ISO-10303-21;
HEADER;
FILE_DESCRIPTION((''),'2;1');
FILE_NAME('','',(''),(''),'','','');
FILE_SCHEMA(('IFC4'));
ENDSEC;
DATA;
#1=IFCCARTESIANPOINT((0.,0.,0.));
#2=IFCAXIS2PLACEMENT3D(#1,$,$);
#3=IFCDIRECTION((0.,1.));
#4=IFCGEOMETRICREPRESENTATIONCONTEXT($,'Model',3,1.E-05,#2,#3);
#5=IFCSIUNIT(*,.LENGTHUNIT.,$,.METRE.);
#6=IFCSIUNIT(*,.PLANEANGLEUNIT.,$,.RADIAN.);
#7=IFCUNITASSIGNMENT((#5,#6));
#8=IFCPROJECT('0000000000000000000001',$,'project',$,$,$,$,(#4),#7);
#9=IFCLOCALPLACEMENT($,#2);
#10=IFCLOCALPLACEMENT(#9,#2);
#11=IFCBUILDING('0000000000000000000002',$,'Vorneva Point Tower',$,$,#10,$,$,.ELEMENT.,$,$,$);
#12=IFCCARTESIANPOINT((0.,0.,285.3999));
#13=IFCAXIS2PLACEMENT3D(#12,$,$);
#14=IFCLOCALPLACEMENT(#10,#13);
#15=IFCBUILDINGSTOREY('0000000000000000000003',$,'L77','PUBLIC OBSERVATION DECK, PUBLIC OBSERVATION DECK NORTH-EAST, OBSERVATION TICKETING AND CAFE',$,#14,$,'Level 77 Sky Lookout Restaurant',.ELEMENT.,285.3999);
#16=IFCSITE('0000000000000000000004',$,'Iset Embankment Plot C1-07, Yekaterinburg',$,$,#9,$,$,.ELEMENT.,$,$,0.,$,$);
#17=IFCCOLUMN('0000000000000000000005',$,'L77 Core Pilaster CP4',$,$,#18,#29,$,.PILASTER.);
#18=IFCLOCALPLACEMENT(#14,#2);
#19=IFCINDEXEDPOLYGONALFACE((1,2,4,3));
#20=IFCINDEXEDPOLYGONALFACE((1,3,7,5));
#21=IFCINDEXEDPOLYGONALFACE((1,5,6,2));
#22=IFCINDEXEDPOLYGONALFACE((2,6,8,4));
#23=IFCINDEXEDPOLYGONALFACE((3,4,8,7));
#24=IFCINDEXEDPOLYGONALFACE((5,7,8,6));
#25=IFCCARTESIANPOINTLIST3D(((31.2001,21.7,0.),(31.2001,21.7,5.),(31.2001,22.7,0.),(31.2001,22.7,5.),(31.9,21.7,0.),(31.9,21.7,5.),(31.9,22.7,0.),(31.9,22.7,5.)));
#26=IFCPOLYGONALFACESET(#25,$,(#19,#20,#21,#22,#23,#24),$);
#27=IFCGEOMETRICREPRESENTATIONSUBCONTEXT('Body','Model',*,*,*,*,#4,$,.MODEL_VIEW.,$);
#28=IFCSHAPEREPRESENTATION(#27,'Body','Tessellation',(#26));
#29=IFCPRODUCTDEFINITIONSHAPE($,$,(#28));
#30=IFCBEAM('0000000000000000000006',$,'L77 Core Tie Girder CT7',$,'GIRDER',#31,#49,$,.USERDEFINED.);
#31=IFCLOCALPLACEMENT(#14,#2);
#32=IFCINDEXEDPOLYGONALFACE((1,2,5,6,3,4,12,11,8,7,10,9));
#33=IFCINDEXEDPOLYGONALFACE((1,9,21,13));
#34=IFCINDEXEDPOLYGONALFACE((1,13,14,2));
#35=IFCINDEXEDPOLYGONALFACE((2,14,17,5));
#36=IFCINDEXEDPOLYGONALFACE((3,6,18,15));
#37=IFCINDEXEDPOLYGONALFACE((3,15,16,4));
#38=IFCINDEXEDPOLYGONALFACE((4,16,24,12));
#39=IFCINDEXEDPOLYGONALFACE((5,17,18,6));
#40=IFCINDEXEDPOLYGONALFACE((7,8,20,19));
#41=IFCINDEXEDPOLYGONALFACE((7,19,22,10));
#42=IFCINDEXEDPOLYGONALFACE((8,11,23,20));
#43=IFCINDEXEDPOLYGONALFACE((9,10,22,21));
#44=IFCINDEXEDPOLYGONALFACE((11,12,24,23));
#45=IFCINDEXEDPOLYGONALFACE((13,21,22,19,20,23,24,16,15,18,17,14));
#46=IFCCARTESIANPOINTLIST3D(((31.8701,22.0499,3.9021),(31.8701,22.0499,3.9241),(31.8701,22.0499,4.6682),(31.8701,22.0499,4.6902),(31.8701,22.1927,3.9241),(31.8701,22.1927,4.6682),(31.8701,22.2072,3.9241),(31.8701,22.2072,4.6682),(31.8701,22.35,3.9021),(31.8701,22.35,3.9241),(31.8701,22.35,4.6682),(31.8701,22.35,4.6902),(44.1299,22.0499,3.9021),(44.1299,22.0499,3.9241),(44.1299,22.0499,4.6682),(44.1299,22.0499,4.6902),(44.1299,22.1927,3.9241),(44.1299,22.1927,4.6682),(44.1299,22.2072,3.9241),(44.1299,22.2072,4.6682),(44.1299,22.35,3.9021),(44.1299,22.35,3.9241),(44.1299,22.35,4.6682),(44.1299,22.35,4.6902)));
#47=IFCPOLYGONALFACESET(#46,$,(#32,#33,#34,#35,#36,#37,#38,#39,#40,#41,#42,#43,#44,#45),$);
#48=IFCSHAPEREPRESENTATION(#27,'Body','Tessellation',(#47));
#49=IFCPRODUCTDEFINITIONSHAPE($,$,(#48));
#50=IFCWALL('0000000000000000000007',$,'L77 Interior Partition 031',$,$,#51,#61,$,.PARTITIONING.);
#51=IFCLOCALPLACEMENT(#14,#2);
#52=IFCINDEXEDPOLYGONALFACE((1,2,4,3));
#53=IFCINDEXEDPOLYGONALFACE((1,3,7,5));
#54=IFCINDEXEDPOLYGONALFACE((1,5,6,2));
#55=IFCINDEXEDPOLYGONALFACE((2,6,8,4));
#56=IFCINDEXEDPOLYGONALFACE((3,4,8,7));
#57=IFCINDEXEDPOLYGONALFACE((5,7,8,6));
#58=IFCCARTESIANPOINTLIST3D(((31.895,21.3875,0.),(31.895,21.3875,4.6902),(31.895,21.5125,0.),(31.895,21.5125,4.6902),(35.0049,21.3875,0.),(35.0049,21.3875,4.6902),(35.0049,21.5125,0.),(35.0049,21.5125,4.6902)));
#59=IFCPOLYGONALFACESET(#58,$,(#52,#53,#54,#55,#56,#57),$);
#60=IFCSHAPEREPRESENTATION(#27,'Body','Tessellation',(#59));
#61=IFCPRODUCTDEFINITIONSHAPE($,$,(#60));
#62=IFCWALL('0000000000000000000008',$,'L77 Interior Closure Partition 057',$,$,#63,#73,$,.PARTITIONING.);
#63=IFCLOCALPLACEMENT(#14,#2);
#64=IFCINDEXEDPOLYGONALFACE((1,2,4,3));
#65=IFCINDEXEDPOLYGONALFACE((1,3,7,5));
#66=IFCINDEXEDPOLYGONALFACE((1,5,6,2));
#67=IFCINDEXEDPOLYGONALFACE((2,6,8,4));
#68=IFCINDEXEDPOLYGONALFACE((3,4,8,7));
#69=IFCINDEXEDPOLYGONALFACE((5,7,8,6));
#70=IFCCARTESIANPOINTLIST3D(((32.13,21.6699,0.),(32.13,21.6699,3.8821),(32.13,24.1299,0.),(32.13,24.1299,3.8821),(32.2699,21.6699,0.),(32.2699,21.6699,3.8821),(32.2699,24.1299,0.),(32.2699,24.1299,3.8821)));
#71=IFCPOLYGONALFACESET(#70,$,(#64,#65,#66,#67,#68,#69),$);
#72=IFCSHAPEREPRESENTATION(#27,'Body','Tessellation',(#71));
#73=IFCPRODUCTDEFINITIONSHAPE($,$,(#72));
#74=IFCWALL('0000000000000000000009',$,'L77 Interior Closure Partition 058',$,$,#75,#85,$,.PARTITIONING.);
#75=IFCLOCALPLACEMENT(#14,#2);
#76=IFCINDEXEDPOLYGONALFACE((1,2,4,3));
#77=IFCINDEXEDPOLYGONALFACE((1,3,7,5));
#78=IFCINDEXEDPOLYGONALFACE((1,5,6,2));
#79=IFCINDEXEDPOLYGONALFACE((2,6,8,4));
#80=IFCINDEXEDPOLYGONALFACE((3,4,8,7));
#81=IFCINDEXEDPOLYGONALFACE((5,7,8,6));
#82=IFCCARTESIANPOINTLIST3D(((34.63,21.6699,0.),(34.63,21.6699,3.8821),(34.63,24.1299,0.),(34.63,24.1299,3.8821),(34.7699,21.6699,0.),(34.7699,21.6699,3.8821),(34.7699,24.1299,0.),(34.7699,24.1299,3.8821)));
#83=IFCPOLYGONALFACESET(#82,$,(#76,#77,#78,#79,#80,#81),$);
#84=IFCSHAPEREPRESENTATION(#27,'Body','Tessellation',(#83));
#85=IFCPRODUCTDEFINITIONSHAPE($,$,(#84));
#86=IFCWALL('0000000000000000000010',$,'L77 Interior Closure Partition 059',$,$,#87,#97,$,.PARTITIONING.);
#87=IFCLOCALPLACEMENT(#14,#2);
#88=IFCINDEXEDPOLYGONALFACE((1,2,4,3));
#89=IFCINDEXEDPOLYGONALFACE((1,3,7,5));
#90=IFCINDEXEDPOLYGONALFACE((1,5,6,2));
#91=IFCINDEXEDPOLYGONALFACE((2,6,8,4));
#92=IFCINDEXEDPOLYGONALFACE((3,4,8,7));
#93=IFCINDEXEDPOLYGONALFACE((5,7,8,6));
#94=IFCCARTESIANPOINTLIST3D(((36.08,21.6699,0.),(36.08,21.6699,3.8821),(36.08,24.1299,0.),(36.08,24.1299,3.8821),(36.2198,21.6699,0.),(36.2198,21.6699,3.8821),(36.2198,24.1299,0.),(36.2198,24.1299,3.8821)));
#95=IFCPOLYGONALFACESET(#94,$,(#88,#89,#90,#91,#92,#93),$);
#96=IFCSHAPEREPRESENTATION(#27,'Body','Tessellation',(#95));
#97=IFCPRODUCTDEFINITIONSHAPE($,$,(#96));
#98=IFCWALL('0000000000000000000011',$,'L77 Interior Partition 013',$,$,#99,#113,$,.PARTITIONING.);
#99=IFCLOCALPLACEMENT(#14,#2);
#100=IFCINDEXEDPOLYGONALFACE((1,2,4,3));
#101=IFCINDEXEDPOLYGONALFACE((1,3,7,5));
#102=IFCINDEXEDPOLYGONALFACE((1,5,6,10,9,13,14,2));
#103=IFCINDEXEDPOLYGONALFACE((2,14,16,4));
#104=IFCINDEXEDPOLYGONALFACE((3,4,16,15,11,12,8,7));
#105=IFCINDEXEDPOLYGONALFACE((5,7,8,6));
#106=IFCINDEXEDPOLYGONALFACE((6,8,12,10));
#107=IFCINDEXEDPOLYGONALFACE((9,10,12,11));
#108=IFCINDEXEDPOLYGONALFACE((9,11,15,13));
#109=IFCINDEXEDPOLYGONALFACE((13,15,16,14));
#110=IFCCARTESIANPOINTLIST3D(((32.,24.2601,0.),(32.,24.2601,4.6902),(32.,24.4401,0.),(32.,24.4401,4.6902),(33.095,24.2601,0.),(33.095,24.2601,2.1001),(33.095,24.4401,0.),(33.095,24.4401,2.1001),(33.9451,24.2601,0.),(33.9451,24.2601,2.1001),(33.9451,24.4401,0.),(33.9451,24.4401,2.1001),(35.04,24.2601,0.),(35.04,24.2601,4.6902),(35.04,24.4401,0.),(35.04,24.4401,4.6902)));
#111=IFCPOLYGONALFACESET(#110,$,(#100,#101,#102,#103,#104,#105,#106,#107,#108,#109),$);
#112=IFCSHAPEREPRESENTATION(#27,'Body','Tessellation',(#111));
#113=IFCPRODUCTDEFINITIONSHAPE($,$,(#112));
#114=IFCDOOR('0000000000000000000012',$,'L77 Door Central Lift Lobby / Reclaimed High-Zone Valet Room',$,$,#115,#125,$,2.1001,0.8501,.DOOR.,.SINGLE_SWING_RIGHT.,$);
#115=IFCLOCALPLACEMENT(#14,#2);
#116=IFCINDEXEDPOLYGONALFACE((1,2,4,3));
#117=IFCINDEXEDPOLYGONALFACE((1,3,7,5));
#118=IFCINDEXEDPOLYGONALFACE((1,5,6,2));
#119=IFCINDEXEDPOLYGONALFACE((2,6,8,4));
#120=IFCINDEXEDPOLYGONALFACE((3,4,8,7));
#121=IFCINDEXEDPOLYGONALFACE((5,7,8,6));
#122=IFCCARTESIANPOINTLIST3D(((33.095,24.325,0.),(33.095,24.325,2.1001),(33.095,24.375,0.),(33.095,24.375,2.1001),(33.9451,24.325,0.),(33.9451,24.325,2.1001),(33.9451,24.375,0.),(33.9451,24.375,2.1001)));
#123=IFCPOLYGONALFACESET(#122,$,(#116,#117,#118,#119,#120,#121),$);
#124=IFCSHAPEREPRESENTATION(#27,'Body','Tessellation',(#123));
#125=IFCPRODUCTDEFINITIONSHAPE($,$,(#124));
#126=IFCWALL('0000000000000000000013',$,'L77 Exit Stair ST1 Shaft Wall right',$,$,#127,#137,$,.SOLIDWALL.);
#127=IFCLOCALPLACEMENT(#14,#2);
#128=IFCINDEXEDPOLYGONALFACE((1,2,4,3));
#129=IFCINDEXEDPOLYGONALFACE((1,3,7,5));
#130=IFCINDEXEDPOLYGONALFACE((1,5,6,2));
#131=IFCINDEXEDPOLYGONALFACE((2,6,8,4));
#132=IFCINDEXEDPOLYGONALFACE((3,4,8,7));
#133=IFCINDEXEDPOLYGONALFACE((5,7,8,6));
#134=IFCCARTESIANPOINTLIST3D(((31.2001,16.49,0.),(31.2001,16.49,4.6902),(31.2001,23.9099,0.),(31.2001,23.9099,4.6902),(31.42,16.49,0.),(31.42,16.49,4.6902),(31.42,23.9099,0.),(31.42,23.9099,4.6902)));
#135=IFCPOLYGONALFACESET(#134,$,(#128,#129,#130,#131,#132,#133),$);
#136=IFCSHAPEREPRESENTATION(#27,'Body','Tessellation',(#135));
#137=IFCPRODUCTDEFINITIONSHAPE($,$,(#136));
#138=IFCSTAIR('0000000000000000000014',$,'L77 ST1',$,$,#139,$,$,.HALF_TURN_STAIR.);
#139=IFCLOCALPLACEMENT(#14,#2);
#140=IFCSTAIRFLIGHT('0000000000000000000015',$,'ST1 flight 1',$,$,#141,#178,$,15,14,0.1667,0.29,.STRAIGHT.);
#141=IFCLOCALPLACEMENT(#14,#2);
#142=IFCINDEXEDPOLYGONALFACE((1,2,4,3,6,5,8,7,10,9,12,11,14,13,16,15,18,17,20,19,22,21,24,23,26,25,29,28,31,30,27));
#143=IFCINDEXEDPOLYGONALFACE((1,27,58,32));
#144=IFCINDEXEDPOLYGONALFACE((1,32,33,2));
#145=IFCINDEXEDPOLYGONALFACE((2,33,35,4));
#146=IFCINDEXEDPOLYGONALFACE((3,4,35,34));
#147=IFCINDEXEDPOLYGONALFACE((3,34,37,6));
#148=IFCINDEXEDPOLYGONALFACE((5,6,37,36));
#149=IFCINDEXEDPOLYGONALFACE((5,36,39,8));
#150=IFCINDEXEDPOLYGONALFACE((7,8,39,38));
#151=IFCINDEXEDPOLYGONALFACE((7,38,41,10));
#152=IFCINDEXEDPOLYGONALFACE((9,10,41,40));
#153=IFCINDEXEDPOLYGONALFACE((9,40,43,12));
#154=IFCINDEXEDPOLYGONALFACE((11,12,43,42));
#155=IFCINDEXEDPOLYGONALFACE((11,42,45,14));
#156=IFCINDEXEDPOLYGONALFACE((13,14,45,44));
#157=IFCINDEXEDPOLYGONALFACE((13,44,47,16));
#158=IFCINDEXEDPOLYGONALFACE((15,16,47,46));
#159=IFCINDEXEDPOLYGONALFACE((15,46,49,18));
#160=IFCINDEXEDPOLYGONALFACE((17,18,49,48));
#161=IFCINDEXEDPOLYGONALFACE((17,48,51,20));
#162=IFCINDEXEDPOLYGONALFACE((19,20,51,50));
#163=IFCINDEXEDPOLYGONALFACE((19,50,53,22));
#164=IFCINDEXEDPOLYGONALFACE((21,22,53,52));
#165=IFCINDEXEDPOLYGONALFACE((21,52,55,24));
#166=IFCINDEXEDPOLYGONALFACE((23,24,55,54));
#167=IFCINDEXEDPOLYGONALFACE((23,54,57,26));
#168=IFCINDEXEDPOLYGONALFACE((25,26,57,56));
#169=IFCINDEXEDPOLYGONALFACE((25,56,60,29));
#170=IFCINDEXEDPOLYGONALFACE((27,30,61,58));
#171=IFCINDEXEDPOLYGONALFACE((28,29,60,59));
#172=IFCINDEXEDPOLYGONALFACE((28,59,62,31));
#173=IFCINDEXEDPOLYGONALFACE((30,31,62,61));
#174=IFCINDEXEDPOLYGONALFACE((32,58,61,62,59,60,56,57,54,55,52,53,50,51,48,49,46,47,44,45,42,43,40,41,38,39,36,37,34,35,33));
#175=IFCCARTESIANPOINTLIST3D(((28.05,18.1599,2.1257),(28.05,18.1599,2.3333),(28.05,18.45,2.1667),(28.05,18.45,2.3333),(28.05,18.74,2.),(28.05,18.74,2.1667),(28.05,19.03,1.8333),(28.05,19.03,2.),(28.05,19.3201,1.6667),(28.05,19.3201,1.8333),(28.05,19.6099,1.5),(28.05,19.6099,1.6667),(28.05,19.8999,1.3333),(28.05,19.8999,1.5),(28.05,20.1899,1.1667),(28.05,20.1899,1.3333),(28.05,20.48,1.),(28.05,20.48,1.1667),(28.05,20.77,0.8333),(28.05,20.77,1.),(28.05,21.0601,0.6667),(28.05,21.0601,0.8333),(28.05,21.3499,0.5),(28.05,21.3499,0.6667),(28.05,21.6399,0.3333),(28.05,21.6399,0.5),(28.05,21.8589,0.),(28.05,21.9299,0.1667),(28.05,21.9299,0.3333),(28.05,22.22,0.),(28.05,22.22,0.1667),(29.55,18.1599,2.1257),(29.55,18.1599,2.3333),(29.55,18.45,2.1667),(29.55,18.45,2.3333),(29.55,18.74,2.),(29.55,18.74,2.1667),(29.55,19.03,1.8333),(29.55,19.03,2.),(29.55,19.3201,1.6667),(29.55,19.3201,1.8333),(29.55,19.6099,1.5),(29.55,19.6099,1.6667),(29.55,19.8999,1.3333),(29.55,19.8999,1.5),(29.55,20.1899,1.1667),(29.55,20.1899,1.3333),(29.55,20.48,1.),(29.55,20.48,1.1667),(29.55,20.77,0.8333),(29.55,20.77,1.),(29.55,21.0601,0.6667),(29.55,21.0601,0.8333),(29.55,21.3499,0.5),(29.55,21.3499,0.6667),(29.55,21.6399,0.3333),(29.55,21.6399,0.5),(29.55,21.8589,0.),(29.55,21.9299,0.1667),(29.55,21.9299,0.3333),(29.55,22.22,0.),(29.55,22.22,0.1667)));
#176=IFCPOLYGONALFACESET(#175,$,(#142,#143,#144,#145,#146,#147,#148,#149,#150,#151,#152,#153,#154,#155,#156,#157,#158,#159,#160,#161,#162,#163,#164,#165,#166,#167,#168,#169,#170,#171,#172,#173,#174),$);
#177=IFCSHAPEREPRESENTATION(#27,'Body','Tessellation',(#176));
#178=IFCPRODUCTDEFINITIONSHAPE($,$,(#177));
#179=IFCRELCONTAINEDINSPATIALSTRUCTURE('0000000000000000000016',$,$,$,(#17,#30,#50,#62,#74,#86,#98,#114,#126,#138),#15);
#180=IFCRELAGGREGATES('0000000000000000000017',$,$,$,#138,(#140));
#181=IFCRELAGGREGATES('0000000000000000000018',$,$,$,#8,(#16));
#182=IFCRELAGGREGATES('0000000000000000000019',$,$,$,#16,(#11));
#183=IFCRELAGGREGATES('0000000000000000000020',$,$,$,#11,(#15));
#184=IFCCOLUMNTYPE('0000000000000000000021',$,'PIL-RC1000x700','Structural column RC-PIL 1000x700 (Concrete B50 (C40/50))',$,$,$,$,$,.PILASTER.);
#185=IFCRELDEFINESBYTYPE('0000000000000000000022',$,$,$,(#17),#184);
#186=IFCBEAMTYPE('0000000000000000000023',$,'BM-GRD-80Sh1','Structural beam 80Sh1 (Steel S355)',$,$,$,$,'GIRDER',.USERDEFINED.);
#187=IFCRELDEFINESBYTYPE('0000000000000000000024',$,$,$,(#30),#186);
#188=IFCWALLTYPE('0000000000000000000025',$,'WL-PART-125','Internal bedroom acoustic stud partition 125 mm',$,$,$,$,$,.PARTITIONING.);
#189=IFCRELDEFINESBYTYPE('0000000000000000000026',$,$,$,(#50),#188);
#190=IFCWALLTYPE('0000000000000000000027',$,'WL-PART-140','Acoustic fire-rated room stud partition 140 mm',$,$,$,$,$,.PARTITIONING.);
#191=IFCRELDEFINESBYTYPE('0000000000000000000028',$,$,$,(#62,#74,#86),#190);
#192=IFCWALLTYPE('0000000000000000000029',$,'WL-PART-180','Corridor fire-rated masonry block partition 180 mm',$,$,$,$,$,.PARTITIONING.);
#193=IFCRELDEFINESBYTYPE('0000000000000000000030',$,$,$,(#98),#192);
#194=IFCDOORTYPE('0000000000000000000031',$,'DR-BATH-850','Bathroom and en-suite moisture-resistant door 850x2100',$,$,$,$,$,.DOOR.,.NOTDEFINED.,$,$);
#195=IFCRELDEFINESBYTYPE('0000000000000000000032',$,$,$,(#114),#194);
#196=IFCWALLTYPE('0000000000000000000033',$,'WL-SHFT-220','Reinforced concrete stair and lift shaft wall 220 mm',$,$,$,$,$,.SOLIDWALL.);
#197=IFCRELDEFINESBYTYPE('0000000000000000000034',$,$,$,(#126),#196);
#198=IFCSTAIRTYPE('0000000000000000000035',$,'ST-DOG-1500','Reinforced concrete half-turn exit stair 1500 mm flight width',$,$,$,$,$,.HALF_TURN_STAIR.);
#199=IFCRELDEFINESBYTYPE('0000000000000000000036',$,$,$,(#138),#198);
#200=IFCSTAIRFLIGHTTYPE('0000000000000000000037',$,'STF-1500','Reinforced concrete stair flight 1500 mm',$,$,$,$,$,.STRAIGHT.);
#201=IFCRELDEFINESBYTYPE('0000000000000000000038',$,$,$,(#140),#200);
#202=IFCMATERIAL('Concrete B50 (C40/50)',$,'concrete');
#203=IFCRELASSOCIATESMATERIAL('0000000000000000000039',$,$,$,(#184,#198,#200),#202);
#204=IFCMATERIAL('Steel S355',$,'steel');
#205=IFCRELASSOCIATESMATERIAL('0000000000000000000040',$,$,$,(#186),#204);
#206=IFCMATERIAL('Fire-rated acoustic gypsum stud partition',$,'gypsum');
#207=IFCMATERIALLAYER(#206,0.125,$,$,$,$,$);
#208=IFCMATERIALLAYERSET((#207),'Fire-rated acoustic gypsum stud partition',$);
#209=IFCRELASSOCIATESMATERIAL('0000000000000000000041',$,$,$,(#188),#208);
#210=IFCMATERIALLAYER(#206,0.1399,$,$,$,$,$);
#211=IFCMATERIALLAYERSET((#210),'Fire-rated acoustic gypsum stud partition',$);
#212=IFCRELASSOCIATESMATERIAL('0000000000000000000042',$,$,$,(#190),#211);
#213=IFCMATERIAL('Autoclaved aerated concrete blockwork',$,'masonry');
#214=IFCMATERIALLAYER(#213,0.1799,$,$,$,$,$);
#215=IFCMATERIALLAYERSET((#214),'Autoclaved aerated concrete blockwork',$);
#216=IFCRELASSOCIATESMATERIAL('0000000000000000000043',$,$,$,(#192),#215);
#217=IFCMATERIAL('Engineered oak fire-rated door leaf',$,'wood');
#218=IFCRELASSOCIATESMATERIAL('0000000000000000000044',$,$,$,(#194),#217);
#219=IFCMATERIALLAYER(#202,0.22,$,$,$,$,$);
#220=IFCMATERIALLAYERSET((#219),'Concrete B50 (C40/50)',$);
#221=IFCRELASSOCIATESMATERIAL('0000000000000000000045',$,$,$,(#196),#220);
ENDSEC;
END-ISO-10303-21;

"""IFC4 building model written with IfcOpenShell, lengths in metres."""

from ifc_helpers import new_model, si_unit, direction, frame, frame_2d, origin, origin_2d, place, context, subcontext, project, spatial, polyline, rectangle, i_section, outline, extrude, material, layer, layer_set, material_profile, profile_set, type_object, element, fill, aggregate, save


model = new_model("IFC4")

# Units and contexts
model_context = context("Model", 3, precision=1e-05, world=origin(), true_north=direction((0.0, 1.0)))
body_context = subcontext(model_context, "Body", "Model", "MODEL_VIEW")
ifc_project = project(units=[si_unit("LENGTHUNIT", "METRE"), si_unit("PLANEANGLEUNIT", "RADIAN")], contexts=[model_context])

# Site, building, storey
site_placement = place(None, origin())
site = spatial("IfcSite", under=ifc_project, at=site_placement, Name="Iset Embankment Plot C1-07, Yekaterinburg", CompositionType="ELEMENT", RefElevation=0.0)
building_placement = place(site_placement, origin())
building = spatial("IfcBuilding", under=site, at=building_placement, Name="Vorneva Point Tower", CompositionType="ELEMENT")
storey_placement = place(building_placement, frame((0.0, 0.0, 285.3999)))
storey = spatial("IfcBuildingStorey", under=building, at=storey_placement, Name="L77", Description="PUBLIC OBSERVATION DECK, PUBLIC OBSERVATION DECK NORTH-EAST, OBSERVATION TICKETING AND CAFE", LongName="Level 77 Sky Lookout Restaurant", CompositionType="ELEMENT", Elevation=285.3999)

# Column
ifc_material_1 = material(Name="Concrete B50 (C40/50)", Category="concrete")
ifc_material_profile_1 = material_profile(ifc_material_1, rectangle(XDim=0.7, YDim=1.0, at=origin_2d()), Name="RC-PIL 1000x700")
ifc_profile_set_1 = profile_set([ifc_material_profile_1], Name="Concrete B50 (C40/50)")
column_type = type_object("IfcColumnType", Name="PIL-RC1000x700", Description="Structural column RC-PIL 1000x700 (Concrete B50 (C40/50))", PredefinedType="PILASTER", material=ifc_profile_set_1)
column_placement = place(storey_placement, frame((31.55, 22.2, 0.0), z_axis=(0.0, 0.0, 1.0), x_axis=(1.0, 0.0, 0.0)))
element("IfcColumn", 1, at=column_placement, inside=storey, type_object=column_type, Name="L77 Core Pilaster CP4", PredefinedType="PILASTER", context=body_context, shape_type="SweptSolid", body=[
    extrude(rectangle(XDim=0.7, YDim=1.0, at=origin_2d()), origin(), (0.0, 0.0, 1.0), 5.0),
])

# Beam
ifc_material_2 = material(Name="Steel S355", Category="steel")
ifc_material_profile_2 = material_profile(ifc_material_2, i_section(OverallWidth=0.3, OverallDepth=0.7881, WebThickness=0.0144, FlangeThickness=0.022, at=origin_2d()), Name="80Sh1")
ifc_profile_set_2 = profile_set([ifc_material_profile_2], Name="Steel S355")
beam_type = type_object("IfcBeamType", Name="BM-GRD-80Sh1", Description="Structural beam 80Sh1 (Steel S355)", ElementType="GIRDER", PredefinedType="USERDEFINED", material=ifc_profile_set_2)
beam_placement = place(storey_placement, frame((31.8701, 22.2, 4.2961), z_axis=(1.0, 0.0, 0.0), x_axis=(0.0, 1.0, 0.0)))
element("IfcBeam", 2, at=beam_placement, inside=storey, type_object=beam_type, Name="L77 Core Tie Girder CT7", ObjectType="GIRDER", PredefinedType="USERDEFINED", context=body_context, shape_type="SweptSolid", body=[
    extrude(i_section(OverallWidth=0.3, OverallDepth=0.7881, WebThickness=0.0144, FlangeThickness=0.022, at=origin_2d()), origin(), (0.0, 0.0, 1.0), 12.2598),
])

# Walls
ifc_material_3 = material(Name="Fire-rated acoustic gypsum stud partition", Category="gypsum")
ifc_layer_1 = layer(ifc_material_3, 0.125)
ifc_layer_set_1 = layer_set([ifc_layer_1], Name="Fire-rated acoustic gypsum stud partition")
wall_type_1 = type_object("IfcWallType", Name="WL-PART-125", Description="Internal bedroom acoustic stud partition 125 mm", PredefinedType="PARTITIONING", material=ifc_layer_set_1)
wall_1_placement = place(storey_placement, frame((35.0049, 21.45, 0.0), z_axis=(0.0, 0.0, 1.0), x_axis=(-1.0, 0.0, 0.0)))
element("IfcWall", 3, at=wall_1_placement, inside=storey, type_object=wall_type_1, Name="L77 Interior Partition 031", PredefinedType="PARTITIONING", context=body_context, shape_type="SweptSolid", body=[
    extrude(rectangle(XDim=3.1099, YDim=0.125, at=frame_2d((1.5549, 0.0))), origin(), (0.0, 0.0, 1.0), 4.6902),
])
ifc_layer_2 = layer(ifc_material_3, 0.1399)
ifc_layer_set_2 = layer_set([ifc_layer_2], Name="Fire-rated acoustic gypsum stud partition")
wall_type_2 = type_object("IfcWallType", Name="WL-PART-140", Description="Acoustic fire-rated room stud partition 140 mm", PredefinedType="PARTITIONING", material=ifc_layer_set_2)
for number, where, z_axis, x_axis, name in (
    (4, (32.2, 24.1299, 0.0), (0.0, 0.0, 1.0), (0.0, -1.0, 0.0), "L77 Interior Closure Partition 057"),
    (5, (34.7, 21.6699, 0.0), (0.0, 0.0, 1.0), (0.0, 1.0, 0.0), "L77 Interior Closure Partition 058"),
    (6, (36.1499, 24.1299, 0.0), (0.0, 0.0, 1.0), (0.0, -1.0, 0.0), "L77 Interior Closure Partition 059"),
):
    element("IfcWall", number, at=place(storey_placement, frame(where, z_axis=z_axis, x_axis=x_axis)), inside=storey, type_object=wall_type_2, Name=name, PredefinedType="PARTITIONING", context=body_context, shape_type="SweptSolid", body=[
        extrude(rectangle(XDim=2.46, YDim=0.1399, at=frame_2d((1.23, 0.0))), origin(), (0.0, 0.0, 1.0), 3.8821),
    ])

# Wall, opening, door
ifc_material_4 = material(Name="Autoclaved aerated concrete blockwork", Category="masonry")
ifc_layer_3 = layer(ifc_material_4, 0.1799)
ifc_layer_set_3 = layer_set([ifc_layer_3], Name="Autoclaved aerated concrete blockwork")
wall_type_3 = type_object("IfcWallType", Name="WL-PART-180", Description="Corridor fire-rated masonry block partition 180 mm", PredefinedType="PARTITIONING", material=ifc_layer_set_3)
wall_2_placement = place(storey_placement, frame((32.0, 24.3501, 0.0), z_axis=(0.0, 0.0, 1.0), x_axis=(1.0, 0.0, 0.0)))
wall_2 = element("IfcWall", 7, at=wall_2_placement, inside=storey, type_object=wall_type_3, Name="L77 Interior Partition 013", PredefinedType="PARTITIONING", context=body_context, shape_type="SweptSolid", body=[
    extrude(rectangle(XDim=3.04, YDim=0.1799, at=frame_2d((1.52, 0.0))), origin(), (0.0, 0.0, 1.0), 4.6902),
])
opening_1_placement = place(wall_2_placement, frame((1.095, 0.0, 0.0)))
opening_1 = element("IfcOpeningElement", 8, at=opening_1_placement, cuts=wall_2, PredefinedType="OPENING", context=body_context, shape_type="SweptSolid", body=[
    extrude(rectangle(XDim=0.8501, YDim=2.1001, at=frame_2d((0.425, 1.05))), frame((0.0, 0.105, 0.0), z_axis=(0.0, -1.0, 0.0), x_axis=(1.0, 0.0, 0.0)), (0.0, 0.0, 1.0), 0.2097),
])
ifc_material_5 = material(Name="Engineered oak fire-rated door leaf", Category="wood")
door_type_1 = type_object("IfcDoorType", Name="DR-BATH-850", Description="Bathroom and en-suite moisture-resistant door 850x2100", OperationType="NOTDEFINED", PredefinedType="DOOR", material=ifc_material_5)
door_1_placement = place(opening_1_placement, origin())
door_1 = element("IfcDoor", 9, at=door_1_placement, inside=storey, type_object=door_type_1, Name="L77 Door Central Lift Lobby / Reclaimed High-Zone Valet Room", OperationType="SINGLE_SWING_RIGHT", OverallHeight=2.1001, OverallWidth=0.8501, PredefinedType="DOOR", context=body_context, shape_type="SweptSolid", body=[
    extrude(rectangle(XDim=0.8501, YDim=2.1001, at=frame_2d((0.425, 1.05))), frame((0.0, 0.0249, 0.0), z_axis=(0.0, -1.0, 0.0), x_axis=(1.0, 0.0, 0.0)), (0.0, 0.0, 1.0), 0.05),
])
fill(opening_1, door_1)
ifc_layer_4 = layer(ifc_material_1, 0.22)
ifc_layer_set_4 = layer_set([ifc_layer_4], Name="Concrete B50 (C40/50)")
wall_type_4 = type_object("IfcWallType", Name="WL-SHFT-220", Description="Reinforced concrete stair and lift shaft wall 220 mm", PredefinedType="SOLIDWALL", material=ifc_layer_set_4)

# Wall
wall_3_placement = place(storey_placement, frame((31.3101, 23.9099, 0.0), z_axis=(0.0, 0.0, 1.0), x_axis=(0.0, -1.0, 0.0)))
element("IfcWall", 10, at=wall_3_placement, inside=storey, type_object=wall_type_4, Name="L77 Exit Stair ST1 Shaft Wall right", PredefinedType="SOLIDWALL", context=body_context, shape_type="SweptSolid", body=[
    extrude(rectangle(XDim=7.4199, YDim=0.22, at=frame_2d((3.71, 0.0))), origin(), (0.0, 0.0, 1.0), 4.6902),
])

# Stair, stair flight
stair_type = type_object("IfcStairType", Name="ST-DOG-1500", Description="Reinforced concrete half-turn exit stair 1500 mm flight width", PredefinedType="HALF_TURN_STAIR", material=ifc_material_1)
stair_placement = place(storey_placement, origin())
stair = element("IfcStair", 11, at=stair_placement, inside=storey, type_object=stair_type, Name="L77 ST1", PredefinedType="HALF_TURN_STAIR")
stair_flight_type = type_object("IfcStairFlightType", Name="STF-1500", Description="Reinforced concrete stair flight 1500 mm", PredefinedType="STRAIGHT", material=ifc_material_1)
stair_flight_1_placement = place(storey_placement, frame((28.8, 22.22, 0.0), z_axis=(0.0, 0.0, 1.0), x_axis=(0.0, -1.0, 0.0)))
stair_flight_1 = element("IfcStairFlight", 12, at=stair_flight_1_placement, type_object=stair_flight_type, Name="ST1 flight 1", NumberOfRisers=15, NumberOfTreads=14, PredefinedType="STRAIGHT", RiserHeight=0.1667, TreadLength=0.29, context=body_context, shape_type="SweptSolid", body=[
    extrude(outline(polyline([(0.0, 0.0), (0.0, 0.1667), (0.29, 0.1667), (0.29, 0.3333), (0.5801, 0.3333), (0.5801, 0.5), (0.8701, 0.5), (0.8701, 0.6667), (1.1599, 0.6667), (1.1599, 0.8333), (1.45, 0.8333), (1.45, 1.0), (1.74, 1.0), (1.74, 1.1667), (2.03, 1.1667), (2.03, 1.3333), (2.3201, 1.3333), (2.3201, 1.5), (2.6101, 1.5), (2.6101, 1.6667), (2.8999, 1.6667), (2.8999, 1.8333), (3.1899, 1.8333), (3.1899, 2.0), (3.48, 2.0), (3.48, 2.1667), (3.77, 2.1667), (3.77, 2.3333), (4.0601, 2.3333), (4.0601, 2.5), (4.0601, 2.1257), (0.3611, 0.0), (0.0, 0.0)])), frame((0.0, 0.75, 0.0), z_axis=(0.0, -1.0, 0.0), x_axis=(1.0, 0.0, 0.0)), (0.0, 0.0, 1.0), 1.5),
])
aggregate(stair, [stair_flight_1])

save(model, "model.ifc")
